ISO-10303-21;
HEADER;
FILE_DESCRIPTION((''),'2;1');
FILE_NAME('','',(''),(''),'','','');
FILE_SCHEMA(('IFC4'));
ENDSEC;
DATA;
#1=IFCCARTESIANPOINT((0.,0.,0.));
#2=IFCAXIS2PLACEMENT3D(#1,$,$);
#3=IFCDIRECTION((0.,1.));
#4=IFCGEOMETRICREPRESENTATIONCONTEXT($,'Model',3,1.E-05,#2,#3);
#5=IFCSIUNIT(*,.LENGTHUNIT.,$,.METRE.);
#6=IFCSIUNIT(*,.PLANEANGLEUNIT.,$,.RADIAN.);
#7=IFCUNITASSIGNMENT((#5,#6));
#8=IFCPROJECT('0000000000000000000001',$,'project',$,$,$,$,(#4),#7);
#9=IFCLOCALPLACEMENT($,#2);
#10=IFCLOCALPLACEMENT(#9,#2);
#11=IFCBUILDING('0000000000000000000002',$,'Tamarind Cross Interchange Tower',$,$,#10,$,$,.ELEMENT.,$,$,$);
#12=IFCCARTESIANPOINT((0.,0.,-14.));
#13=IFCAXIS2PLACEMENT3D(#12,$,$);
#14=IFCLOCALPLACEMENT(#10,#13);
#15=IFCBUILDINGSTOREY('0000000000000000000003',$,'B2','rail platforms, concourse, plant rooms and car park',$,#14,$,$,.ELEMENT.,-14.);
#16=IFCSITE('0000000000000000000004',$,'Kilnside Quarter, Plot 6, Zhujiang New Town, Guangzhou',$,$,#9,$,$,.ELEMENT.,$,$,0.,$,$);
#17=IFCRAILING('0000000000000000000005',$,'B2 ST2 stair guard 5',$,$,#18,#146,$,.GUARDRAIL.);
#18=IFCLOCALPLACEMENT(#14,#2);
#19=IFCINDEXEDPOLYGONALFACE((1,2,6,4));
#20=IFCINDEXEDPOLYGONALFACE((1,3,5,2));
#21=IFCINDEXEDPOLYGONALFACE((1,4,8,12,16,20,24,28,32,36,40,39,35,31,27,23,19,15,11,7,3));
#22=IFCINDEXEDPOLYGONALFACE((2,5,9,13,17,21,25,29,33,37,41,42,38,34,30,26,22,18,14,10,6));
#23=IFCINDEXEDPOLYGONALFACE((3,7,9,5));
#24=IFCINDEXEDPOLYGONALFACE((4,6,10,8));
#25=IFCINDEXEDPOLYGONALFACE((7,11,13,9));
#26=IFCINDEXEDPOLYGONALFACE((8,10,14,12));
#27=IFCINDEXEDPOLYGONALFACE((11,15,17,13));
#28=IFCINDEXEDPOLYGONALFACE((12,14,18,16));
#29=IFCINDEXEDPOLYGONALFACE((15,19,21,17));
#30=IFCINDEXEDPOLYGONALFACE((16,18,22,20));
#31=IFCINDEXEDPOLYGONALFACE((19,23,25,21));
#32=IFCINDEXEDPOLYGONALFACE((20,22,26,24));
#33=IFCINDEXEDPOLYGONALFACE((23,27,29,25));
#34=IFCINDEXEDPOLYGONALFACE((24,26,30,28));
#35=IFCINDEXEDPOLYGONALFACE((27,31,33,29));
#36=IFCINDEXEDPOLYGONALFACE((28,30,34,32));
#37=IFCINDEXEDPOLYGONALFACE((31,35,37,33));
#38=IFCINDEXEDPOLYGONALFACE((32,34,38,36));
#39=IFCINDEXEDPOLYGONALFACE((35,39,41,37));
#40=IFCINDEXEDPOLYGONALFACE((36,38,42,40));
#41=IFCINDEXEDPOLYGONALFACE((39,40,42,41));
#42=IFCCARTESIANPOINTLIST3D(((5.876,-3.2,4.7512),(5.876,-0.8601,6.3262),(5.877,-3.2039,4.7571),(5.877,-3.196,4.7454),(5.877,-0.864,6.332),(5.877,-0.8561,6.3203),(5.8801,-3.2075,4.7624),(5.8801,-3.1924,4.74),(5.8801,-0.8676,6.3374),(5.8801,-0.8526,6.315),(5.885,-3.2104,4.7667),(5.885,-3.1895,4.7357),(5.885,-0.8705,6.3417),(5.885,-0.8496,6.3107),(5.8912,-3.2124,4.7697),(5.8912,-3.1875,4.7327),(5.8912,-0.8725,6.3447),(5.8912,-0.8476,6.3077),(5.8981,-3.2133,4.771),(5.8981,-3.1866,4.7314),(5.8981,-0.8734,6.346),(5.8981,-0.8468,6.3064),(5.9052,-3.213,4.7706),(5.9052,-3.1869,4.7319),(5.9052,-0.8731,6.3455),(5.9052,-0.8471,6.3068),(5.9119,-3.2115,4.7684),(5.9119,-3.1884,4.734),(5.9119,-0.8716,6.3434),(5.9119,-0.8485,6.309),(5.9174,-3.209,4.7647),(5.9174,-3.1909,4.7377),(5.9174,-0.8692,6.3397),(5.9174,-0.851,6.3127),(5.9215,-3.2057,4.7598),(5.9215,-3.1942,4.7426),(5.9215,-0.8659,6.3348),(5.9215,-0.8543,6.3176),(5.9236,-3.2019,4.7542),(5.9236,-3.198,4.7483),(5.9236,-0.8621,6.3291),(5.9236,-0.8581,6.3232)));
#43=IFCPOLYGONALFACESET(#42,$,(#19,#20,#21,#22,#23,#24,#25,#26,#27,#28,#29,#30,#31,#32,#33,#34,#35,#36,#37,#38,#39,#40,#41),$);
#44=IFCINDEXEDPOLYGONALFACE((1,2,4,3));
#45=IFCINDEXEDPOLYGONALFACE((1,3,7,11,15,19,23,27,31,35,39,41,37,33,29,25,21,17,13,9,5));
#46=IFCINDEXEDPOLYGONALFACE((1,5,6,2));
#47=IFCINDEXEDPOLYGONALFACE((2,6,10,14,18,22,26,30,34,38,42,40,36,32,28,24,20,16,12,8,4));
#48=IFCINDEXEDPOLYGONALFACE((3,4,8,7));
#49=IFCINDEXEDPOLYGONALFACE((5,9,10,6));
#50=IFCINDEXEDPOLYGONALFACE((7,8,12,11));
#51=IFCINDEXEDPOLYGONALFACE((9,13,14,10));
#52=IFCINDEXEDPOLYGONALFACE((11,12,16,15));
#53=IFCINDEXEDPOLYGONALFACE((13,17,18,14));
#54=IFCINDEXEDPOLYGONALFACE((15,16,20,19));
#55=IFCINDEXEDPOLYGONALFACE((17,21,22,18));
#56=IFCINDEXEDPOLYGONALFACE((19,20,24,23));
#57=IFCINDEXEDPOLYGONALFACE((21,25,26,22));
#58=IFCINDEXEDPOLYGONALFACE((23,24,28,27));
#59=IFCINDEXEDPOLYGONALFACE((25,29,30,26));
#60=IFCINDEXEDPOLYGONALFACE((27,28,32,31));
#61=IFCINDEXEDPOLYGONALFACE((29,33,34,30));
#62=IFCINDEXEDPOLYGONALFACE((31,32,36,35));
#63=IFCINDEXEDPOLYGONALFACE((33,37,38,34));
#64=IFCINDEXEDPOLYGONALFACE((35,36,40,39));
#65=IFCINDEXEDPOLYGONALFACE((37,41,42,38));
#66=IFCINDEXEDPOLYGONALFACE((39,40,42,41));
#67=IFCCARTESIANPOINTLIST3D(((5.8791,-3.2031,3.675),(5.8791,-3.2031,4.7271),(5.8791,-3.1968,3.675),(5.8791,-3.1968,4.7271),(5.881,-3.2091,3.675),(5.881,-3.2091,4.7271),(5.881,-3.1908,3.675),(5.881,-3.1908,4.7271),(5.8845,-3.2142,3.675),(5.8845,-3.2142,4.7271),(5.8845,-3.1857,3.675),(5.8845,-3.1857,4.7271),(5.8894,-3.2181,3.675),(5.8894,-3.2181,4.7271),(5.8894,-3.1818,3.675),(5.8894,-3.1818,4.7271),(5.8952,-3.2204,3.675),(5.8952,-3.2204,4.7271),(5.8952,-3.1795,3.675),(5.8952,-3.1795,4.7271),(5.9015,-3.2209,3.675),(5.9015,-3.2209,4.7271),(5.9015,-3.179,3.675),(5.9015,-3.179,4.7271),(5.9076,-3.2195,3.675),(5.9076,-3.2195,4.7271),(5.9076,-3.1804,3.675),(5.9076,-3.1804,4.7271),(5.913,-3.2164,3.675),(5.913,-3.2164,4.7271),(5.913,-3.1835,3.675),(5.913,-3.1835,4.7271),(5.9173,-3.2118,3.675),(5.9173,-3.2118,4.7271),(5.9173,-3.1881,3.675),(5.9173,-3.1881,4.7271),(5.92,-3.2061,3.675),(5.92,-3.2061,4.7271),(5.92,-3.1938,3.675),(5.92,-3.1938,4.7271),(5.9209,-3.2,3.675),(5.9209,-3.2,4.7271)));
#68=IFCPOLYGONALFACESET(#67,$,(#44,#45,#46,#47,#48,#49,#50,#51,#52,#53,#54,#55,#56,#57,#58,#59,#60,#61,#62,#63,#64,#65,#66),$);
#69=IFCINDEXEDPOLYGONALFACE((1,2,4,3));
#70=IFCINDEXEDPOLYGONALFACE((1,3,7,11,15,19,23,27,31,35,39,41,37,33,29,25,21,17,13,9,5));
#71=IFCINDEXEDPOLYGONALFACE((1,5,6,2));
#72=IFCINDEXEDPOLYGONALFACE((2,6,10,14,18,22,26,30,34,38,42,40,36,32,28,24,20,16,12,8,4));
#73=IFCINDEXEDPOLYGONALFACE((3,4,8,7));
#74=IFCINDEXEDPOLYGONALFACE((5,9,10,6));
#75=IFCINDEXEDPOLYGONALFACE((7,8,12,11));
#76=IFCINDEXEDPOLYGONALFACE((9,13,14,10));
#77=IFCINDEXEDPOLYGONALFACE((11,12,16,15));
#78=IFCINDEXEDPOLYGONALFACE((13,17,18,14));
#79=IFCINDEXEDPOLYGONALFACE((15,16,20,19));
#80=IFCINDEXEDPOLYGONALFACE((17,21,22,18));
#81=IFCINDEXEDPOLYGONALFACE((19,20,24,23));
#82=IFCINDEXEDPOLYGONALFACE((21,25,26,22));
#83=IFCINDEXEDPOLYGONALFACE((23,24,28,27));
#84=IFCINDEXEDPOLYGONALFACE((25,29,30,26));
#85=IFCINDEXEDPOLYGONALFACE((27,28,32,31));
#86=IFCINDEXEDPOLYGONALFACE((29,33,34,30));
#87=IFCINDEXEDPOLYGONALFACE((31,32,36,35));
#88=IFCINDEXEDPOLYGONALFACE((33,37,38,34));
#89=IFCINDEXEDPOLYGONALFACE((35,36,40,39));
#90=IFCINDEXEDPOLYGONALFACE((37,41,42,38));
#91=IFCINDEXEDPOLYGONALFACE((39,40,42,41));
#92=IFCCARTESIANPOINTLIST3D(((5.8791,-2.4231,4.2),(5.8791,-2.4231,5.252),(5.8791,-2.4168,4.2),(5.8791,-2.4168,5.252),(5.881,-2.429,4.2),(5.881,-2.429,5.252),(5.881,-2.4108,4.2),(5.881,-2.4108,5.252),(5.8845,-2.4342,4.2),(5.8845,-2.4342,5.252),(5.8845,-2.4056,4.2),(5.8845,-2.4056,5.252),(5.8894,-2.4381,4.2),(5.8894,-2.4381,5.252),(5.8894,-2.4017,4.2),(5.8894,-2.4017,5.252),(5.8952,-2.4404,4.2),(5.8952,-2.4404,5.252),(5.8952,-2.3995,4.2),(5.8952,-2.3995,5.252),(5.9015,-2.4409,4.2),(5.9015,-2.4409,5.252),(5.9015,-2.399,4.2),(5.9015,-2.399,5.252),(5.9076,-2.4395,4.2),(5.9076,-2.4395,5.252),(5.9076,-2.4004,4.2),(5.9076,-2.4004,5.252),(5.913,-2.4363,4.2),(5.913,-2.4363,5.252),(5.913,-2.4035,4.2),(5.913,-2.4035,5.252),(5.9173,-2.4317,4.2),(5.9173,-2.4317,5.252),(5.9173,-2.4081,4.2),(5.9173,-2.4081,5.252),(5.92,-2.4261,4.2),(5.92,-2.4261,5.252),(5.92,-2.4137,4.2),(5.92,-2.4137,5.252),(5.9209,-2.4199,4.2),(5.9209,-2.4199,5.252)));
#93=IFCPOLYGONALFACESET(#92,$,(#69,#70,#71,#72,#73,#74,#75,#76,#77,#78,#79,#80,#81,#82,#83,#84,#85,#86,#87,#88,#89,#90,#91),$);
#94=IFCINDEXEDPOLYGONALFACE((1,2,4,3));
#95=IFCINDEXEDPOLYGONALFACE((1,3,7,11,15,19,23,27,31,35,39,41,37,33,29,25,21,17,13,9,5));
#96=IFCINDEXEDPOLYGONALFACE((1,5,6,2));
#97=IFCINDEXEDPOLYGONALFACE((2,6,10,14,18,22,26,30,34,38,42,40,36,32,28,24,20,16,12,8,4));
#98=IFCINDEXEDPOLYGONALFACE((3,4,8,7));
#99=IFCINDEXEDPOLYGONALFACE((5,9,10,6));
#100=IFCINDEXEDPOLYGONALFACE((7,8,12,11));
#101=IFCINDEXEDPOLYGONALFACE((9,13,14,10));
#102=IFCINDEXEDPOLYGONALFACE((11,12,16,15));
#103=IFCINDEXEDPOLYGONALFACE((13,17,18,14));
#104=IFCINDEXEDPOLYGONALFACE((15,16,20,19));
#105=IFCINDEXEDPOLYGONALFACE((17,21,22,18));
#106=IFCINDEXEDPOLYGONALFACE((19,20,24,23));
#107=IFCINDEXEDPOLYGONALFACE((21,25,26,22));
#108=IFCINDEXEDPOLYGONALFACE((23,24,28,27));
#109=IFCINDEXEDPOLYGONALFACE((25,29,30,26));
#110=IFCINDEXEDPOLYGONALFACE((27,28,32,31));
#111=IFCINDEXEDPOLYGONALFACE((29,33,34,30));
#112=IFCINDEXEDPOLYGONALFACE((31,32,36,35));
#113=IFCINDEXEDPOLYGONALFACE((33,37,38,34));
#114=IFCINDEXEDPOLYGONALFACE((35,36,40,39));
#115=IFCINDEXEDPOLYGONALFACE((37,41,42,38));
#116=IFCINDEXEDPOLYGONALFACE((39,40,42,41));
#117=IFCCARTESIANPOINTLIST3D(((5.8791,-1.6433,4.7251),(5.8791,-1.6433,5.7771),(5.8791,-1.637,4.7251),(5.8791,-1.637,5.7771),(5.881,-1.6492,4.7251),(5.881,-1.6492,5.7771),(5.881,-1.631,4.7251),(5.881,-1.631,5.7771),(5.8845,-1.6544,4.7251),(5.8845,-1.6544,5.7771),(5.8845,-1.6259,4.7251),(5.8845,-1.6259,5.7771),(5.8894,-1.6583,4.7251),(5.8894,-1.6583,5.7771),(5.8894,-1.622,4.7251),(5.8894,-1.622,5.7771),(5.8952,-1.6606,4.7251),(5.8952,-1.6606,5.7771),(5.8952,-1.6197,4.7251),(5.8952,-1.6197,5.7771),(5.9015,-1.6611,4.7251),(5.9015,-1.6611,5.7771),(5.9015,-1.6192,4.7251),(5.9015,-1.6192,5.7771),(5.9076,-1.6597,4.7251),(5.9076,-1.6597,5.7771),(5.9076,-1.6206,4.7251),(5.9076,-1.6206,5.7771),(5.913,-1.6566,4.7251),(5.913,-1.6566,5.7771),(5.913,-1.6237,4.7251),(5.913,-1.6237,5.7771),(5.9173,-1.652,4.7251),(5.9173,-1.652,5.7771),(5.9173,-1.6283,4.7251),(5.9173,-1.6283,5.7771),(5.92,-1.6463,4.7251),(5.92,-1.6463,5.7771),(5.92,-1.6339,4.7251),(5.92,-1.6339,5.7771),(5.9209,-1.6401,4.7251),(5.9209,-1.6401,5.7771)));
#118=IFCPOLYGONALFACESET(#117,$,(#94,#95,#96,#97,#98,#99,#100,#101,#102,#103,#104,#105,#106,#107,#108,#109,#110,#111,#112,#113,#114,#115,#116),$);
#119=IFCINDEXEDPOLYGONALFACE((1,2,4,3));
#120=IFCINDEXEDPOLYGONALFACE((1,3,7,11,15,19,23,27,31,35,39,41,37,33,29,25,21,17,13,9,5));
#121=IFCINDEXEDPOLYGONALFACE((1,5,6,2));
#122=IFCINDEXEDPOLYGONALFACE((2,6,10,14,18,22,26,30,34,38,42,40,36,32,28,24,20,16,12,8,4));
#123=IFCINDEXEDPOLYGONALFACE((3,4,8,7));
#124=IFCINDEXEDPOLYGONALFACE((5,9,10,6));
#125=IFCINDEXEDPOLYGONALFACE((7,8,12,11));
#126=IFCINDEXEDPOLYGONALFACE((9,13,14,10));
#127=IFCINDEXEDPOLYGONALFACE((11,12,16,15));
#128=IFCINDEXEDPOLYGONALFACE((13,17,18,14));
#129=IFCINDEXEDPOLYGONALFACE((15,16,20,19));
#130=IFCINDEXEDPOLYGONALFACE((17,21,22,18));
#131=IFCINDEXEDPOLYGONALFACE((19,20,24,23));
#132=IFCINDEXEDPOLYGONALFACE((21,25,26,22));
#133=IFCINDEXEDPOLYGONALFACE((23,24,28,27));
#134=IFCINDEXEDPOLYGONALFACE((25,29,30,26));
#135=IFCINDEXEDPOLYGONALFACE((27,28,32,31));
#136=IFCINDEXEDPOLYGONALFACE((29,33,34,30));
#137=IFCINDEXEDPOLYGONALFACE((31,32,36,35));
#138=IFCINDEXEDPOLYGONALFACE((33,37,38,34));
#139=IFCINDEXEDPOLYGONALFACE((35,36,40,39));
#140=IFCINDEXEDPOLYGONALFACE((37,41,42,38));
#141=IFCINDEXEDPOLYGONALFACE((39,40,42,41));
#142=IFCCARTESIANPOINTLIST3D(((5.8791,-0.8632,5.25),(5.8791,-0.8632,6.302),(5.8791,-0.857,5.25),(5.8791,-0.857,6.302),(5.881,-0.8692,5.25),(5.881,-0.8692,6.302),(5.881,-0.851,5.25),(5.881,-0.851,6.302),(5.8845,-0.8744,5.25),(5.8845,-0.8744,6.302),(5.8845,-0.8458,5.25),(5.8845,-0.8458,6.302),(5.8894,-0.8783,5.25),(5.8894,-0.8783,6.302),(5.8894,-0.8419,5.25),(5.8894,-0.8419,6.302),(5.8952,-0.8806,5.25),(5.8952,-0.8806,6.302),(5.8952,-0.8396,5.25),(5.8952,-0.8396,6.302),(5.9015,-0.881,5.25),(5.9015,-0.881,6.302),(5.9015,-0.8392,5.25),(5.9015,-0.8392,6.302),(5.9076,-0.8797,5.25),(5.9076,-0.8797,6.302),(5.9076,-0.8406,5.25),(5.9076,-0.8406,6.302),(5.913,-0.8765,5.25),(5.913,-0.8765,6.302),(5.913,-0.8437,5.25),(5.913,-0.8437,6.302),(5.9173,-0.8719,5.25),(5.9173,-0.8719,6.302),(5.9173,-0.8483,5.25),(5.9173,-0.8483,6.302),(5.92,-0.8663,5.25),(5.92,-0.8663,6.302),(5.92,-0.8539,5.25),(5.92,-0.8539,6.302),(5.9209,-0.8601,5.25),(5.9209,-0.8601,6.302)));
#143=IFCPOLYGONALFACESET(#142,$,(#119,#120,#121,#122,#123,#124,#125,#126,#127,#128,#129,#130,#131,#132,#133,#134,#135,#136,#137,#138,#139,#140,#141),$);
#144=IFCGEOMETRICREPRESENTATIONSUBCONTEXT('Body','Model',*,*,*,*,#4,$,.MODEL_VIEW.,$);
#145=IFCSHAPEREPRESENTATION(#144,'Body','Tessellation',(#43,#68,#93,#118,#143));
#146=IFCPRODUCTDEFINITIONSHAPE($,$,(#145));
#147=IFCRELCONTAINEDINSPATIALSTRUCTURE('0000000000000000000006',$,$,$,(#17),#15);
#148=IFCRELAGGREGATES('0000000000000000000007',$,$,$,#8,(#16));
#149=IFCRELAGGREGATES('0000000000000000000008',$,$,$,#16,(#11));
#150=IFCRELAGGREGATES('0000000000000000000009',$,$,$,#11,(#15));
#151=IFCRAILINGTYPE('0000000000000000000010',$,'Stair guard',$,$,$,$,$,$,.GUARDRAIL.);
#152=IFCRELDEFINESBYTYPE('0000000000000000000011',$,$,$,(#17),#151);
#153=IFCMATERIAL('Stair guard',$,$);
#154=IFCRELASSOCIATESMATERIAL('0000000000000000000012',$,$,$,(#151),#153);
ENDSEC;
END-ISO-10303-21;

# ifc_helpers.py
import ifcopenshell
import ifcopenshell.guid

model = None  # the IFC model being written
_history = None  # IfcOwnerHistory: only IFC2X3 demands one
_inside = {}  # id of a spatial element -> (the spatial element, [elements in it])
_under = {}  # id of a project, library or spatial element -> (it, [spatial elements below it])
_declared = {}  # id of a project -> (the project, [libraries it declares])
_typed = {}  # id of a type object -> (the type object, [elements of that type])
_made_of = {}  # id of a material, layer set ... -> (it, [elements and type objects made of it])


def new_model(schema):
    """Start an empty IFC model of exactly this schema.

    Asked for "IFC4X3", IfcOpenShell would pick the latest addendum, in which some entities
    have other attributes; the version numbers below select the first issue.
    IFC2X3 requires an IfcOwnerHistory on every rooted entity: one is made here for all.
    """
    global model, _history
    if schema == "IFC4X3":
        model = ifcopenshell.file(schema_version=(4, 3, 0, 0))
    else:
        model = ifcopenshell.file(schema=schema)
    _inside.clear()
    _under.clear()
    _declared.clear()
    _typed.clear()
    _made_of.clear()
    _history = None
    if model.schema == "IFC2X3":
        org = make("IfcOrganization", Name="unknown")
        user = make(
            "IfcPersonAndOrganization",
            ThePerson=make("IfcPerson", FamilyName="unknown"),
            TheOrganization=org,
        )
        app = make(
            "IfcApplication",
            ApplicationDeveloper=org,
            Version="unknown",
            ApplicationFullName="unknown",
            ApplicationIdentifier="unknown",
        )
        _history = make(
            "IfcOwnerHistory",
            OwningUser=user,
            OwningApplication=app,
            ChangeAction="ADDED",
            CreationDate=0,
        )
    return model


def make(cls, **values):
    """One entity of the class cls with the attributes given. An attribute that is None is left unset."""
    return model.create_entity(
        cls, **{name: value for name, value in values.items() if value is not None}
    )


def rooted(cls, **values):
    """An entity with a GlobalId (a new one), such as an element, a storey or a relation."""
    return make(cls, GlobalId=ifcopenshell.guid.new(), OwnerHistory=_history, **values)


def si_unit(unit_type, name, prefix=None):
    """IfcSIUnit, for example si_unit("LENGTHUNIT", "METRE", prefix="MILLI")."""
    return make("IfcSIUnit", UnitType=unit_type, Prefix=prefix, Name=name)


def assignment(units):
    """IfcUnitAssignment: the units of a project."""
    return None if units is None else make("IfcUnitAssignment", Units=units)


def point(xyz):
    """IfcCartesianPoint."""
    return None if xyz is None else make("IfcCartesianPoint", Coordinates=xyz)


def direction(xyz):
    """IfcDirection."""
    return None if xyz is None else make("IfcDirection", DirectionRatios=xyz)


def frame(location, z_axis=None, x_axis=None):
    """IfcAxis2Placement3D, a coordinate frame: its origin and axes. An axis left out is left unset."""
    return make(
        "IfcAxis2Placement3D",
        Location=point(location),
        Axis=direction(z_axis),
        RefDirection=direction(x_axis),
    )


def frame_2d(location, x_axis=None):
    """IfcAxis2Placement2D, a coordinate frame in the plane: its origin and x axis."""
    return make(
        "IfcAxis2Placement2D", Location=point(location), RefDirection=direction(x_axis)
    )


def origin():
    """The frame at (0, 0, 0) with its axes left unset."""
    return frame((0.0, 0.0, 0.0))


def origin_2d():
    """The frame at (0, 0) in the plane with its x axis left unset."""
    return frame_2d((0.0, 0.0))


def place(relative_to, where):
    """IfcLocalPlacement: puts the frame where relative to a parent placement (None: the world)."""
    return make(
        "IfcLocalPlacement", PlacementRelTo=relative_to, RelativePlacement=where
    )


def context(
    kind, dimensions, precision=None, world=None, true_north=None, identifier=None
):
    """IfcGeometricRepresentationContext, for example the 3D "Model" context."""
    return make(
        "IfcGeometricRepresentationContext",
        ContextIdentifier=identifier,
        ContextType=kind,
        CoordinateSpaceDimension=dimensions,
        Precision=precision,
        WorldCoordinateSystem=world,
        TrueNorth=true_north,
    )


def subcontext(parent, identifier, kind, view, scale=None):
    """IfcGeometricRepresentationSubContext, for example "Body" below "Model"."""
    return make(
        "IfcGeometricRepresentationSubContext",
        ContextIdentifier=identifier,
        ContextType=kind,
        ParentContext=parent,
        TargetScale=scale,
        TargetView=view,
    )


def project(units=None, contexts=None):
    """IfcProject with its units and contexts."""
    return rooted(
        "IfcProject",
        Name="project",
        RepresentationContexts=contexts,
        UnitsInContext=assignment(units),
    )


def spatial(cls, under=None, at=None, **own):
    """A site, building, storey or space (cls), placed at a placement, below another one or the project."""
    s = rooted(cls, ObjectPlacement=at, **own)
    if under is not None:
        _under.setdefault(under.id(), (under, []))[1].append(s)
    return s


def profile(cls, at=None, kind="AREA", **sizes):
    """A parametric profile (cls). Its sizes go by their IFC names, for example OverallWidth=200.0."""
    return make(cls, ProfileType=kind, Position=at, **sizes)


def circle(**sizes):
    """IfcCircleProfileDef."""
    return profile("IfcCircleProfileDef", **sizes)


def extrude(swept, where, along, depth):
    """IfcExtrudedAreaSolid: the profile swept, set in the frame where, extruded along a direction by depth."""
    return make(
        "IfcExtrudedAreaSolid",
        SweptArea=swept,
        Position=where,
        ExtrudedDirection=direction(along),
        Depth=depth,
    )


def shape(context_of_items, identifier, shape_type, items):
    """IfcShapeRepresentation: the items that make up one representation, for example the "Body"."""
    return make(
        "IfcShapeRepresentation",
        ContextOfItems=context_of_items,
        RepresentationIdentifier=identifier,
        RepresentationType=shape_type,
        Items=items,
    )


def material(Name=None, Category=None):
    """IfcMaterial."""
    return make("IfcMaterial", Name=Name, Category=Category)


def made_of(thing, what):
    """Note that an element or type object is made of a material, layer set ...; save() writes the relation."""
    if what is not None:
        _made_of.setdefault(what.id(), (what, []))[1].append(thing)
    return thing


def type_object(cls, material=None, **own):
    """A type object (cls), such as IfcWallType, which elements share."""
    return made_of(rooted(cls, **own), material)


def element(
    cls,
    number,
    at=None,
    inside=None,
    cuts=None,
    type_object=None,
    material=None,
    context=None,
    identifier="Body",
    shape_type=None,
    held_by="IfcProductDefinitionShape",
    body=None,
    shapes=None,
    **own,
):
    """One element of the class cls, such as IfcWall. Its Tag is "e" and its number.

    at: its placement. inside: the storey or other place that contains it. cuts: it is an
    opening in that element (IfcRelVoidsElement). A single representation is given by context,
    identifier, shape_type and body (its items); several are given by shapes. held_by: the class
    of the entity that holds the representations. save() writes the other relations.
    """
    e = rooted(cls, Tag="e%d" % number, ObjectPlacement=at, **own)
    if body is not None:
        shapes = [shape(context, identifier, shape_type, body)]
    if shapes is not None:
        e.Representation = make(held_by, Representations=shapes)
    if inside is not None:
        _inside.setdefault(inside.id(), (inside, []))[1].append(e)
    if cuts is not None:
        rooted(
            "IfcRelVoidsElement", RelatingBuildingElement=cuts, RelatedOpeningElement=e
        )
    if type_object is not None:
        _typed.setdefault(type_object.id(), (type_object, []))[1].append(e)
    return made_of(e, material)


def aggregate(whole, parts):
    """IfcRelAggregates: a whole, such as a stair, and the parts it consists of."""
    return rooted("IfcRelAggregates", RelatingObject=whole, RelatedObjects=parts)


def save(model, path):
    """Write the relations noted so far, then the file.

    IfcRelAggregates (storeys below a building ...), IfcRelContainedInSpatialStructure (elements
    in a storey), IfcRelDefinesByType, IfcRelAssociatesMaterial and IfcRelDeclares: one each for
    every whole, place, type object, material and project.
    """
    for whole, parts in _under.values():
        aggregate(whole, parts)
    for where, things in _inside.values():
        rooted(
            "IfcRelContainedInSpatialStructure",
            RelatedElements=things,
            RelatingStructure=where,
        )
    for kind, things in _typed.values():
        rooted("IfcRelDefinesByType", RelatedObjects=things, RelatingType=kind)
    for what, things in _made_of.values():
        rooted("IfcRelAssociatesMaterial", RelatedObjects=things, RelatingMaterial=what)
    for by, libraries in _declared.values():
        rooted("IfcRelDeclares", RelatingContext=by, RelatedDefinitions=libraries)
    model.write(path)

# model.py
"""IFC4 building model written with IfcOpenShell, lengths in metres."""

from ifc_helpers import new_model, si_unit, direction, frame, origin, origin_2d, place, context, subcontext, project, spatial, circle, extrude, material, type_object, element, save


model = new_model("IFC4")

# Units and contexts
model_context = context("Model", 3, precision=1e-05, world=origin(), true_north=direction((0.0, 1.0)))
body_context = subcontext(model_context, "Body", "Model", "MODEL_VIEW")
ifc_project = project(units=[si_unit("LENGTHUNIT", "METRE"), si_unit("PLANEANGLEUNIT", "RADIAN")], contexts=[model_context])

# Site, building, storey
site_placement = place(None, origin())
site = spatial("IfcSite", under=ifc_project, at=site_placement, Name="Kilnside Quarter, Plot 6, Zhujiang New Town, Guangzhou", CompositionType="ELEMENT", RefElevation=0.0)
building_placement = place(site_placement, origin())
building = spatial("IfcBuilding", under=site, at=building_placement, Name="Tamarind Cross Interchange Tower", CompositionType="ELEMENT")
storey_placement = place(building_placement, frame((0.0, 0.0, -14.0)))
storey = spatial("IfcBuildingStorey", under=building, at=storey_placement, Name="B2", Description="rail platforms, concourse, plant rooms and car park", CompositionType="ELEMENT", Elevation=-14.0)

# Railing
ifc_material_1 = material(Name="Stair guard")
railing_type_1 = type_object("IfcRailingType", Name="Stair guard", PredefinedType="GUARDRAIL", material=ifc_material_1)
railing_1_placement = place(storey_placement, frame((5.8999, -3.2, 3.675)))
element("IfcRailing", 1, at=railing_1_placement, inside=storey, type_object=railing_type_1, Name="B2 ST2 stair guard 5", PredefinedType="GUARDRAIL", context=body_context, shape_type="SweptSolid", body=[
    extrude(circle(Radius=0.0239, at=origin_2d()), frame((0.0, 0.0, 1.0762), z_axis=(0.0, 0.829578, 0.55839), x_axis=(-1.0, 0.0, 0.0)), (0.0, 0.0, 1.0), 2.8206),
    extrude(circle(Radius=0.021, at=origin_2d()), origin(), (0.0, 0.0, 1.0), 1.052),
    extrude(circle(Radius=0.021, at=origin_2d()), frame((0.0, 0.78, 0.5249)), (0.0, 0.0, 1.0), 1.052),
    extrude(circle(Radius=0.021, at=origin_2d()), frame((0.0, 1.5598, 1.05)), (0.0, 0.0, 1.0), 1.052),
    extrude(circle(Radius=0.021, at=origin_2d()), frame((0.0, 2.3398, 1.575)), (0.0, 0.0, 1.0), 1.052),
])

save(model, "model.ifc")
